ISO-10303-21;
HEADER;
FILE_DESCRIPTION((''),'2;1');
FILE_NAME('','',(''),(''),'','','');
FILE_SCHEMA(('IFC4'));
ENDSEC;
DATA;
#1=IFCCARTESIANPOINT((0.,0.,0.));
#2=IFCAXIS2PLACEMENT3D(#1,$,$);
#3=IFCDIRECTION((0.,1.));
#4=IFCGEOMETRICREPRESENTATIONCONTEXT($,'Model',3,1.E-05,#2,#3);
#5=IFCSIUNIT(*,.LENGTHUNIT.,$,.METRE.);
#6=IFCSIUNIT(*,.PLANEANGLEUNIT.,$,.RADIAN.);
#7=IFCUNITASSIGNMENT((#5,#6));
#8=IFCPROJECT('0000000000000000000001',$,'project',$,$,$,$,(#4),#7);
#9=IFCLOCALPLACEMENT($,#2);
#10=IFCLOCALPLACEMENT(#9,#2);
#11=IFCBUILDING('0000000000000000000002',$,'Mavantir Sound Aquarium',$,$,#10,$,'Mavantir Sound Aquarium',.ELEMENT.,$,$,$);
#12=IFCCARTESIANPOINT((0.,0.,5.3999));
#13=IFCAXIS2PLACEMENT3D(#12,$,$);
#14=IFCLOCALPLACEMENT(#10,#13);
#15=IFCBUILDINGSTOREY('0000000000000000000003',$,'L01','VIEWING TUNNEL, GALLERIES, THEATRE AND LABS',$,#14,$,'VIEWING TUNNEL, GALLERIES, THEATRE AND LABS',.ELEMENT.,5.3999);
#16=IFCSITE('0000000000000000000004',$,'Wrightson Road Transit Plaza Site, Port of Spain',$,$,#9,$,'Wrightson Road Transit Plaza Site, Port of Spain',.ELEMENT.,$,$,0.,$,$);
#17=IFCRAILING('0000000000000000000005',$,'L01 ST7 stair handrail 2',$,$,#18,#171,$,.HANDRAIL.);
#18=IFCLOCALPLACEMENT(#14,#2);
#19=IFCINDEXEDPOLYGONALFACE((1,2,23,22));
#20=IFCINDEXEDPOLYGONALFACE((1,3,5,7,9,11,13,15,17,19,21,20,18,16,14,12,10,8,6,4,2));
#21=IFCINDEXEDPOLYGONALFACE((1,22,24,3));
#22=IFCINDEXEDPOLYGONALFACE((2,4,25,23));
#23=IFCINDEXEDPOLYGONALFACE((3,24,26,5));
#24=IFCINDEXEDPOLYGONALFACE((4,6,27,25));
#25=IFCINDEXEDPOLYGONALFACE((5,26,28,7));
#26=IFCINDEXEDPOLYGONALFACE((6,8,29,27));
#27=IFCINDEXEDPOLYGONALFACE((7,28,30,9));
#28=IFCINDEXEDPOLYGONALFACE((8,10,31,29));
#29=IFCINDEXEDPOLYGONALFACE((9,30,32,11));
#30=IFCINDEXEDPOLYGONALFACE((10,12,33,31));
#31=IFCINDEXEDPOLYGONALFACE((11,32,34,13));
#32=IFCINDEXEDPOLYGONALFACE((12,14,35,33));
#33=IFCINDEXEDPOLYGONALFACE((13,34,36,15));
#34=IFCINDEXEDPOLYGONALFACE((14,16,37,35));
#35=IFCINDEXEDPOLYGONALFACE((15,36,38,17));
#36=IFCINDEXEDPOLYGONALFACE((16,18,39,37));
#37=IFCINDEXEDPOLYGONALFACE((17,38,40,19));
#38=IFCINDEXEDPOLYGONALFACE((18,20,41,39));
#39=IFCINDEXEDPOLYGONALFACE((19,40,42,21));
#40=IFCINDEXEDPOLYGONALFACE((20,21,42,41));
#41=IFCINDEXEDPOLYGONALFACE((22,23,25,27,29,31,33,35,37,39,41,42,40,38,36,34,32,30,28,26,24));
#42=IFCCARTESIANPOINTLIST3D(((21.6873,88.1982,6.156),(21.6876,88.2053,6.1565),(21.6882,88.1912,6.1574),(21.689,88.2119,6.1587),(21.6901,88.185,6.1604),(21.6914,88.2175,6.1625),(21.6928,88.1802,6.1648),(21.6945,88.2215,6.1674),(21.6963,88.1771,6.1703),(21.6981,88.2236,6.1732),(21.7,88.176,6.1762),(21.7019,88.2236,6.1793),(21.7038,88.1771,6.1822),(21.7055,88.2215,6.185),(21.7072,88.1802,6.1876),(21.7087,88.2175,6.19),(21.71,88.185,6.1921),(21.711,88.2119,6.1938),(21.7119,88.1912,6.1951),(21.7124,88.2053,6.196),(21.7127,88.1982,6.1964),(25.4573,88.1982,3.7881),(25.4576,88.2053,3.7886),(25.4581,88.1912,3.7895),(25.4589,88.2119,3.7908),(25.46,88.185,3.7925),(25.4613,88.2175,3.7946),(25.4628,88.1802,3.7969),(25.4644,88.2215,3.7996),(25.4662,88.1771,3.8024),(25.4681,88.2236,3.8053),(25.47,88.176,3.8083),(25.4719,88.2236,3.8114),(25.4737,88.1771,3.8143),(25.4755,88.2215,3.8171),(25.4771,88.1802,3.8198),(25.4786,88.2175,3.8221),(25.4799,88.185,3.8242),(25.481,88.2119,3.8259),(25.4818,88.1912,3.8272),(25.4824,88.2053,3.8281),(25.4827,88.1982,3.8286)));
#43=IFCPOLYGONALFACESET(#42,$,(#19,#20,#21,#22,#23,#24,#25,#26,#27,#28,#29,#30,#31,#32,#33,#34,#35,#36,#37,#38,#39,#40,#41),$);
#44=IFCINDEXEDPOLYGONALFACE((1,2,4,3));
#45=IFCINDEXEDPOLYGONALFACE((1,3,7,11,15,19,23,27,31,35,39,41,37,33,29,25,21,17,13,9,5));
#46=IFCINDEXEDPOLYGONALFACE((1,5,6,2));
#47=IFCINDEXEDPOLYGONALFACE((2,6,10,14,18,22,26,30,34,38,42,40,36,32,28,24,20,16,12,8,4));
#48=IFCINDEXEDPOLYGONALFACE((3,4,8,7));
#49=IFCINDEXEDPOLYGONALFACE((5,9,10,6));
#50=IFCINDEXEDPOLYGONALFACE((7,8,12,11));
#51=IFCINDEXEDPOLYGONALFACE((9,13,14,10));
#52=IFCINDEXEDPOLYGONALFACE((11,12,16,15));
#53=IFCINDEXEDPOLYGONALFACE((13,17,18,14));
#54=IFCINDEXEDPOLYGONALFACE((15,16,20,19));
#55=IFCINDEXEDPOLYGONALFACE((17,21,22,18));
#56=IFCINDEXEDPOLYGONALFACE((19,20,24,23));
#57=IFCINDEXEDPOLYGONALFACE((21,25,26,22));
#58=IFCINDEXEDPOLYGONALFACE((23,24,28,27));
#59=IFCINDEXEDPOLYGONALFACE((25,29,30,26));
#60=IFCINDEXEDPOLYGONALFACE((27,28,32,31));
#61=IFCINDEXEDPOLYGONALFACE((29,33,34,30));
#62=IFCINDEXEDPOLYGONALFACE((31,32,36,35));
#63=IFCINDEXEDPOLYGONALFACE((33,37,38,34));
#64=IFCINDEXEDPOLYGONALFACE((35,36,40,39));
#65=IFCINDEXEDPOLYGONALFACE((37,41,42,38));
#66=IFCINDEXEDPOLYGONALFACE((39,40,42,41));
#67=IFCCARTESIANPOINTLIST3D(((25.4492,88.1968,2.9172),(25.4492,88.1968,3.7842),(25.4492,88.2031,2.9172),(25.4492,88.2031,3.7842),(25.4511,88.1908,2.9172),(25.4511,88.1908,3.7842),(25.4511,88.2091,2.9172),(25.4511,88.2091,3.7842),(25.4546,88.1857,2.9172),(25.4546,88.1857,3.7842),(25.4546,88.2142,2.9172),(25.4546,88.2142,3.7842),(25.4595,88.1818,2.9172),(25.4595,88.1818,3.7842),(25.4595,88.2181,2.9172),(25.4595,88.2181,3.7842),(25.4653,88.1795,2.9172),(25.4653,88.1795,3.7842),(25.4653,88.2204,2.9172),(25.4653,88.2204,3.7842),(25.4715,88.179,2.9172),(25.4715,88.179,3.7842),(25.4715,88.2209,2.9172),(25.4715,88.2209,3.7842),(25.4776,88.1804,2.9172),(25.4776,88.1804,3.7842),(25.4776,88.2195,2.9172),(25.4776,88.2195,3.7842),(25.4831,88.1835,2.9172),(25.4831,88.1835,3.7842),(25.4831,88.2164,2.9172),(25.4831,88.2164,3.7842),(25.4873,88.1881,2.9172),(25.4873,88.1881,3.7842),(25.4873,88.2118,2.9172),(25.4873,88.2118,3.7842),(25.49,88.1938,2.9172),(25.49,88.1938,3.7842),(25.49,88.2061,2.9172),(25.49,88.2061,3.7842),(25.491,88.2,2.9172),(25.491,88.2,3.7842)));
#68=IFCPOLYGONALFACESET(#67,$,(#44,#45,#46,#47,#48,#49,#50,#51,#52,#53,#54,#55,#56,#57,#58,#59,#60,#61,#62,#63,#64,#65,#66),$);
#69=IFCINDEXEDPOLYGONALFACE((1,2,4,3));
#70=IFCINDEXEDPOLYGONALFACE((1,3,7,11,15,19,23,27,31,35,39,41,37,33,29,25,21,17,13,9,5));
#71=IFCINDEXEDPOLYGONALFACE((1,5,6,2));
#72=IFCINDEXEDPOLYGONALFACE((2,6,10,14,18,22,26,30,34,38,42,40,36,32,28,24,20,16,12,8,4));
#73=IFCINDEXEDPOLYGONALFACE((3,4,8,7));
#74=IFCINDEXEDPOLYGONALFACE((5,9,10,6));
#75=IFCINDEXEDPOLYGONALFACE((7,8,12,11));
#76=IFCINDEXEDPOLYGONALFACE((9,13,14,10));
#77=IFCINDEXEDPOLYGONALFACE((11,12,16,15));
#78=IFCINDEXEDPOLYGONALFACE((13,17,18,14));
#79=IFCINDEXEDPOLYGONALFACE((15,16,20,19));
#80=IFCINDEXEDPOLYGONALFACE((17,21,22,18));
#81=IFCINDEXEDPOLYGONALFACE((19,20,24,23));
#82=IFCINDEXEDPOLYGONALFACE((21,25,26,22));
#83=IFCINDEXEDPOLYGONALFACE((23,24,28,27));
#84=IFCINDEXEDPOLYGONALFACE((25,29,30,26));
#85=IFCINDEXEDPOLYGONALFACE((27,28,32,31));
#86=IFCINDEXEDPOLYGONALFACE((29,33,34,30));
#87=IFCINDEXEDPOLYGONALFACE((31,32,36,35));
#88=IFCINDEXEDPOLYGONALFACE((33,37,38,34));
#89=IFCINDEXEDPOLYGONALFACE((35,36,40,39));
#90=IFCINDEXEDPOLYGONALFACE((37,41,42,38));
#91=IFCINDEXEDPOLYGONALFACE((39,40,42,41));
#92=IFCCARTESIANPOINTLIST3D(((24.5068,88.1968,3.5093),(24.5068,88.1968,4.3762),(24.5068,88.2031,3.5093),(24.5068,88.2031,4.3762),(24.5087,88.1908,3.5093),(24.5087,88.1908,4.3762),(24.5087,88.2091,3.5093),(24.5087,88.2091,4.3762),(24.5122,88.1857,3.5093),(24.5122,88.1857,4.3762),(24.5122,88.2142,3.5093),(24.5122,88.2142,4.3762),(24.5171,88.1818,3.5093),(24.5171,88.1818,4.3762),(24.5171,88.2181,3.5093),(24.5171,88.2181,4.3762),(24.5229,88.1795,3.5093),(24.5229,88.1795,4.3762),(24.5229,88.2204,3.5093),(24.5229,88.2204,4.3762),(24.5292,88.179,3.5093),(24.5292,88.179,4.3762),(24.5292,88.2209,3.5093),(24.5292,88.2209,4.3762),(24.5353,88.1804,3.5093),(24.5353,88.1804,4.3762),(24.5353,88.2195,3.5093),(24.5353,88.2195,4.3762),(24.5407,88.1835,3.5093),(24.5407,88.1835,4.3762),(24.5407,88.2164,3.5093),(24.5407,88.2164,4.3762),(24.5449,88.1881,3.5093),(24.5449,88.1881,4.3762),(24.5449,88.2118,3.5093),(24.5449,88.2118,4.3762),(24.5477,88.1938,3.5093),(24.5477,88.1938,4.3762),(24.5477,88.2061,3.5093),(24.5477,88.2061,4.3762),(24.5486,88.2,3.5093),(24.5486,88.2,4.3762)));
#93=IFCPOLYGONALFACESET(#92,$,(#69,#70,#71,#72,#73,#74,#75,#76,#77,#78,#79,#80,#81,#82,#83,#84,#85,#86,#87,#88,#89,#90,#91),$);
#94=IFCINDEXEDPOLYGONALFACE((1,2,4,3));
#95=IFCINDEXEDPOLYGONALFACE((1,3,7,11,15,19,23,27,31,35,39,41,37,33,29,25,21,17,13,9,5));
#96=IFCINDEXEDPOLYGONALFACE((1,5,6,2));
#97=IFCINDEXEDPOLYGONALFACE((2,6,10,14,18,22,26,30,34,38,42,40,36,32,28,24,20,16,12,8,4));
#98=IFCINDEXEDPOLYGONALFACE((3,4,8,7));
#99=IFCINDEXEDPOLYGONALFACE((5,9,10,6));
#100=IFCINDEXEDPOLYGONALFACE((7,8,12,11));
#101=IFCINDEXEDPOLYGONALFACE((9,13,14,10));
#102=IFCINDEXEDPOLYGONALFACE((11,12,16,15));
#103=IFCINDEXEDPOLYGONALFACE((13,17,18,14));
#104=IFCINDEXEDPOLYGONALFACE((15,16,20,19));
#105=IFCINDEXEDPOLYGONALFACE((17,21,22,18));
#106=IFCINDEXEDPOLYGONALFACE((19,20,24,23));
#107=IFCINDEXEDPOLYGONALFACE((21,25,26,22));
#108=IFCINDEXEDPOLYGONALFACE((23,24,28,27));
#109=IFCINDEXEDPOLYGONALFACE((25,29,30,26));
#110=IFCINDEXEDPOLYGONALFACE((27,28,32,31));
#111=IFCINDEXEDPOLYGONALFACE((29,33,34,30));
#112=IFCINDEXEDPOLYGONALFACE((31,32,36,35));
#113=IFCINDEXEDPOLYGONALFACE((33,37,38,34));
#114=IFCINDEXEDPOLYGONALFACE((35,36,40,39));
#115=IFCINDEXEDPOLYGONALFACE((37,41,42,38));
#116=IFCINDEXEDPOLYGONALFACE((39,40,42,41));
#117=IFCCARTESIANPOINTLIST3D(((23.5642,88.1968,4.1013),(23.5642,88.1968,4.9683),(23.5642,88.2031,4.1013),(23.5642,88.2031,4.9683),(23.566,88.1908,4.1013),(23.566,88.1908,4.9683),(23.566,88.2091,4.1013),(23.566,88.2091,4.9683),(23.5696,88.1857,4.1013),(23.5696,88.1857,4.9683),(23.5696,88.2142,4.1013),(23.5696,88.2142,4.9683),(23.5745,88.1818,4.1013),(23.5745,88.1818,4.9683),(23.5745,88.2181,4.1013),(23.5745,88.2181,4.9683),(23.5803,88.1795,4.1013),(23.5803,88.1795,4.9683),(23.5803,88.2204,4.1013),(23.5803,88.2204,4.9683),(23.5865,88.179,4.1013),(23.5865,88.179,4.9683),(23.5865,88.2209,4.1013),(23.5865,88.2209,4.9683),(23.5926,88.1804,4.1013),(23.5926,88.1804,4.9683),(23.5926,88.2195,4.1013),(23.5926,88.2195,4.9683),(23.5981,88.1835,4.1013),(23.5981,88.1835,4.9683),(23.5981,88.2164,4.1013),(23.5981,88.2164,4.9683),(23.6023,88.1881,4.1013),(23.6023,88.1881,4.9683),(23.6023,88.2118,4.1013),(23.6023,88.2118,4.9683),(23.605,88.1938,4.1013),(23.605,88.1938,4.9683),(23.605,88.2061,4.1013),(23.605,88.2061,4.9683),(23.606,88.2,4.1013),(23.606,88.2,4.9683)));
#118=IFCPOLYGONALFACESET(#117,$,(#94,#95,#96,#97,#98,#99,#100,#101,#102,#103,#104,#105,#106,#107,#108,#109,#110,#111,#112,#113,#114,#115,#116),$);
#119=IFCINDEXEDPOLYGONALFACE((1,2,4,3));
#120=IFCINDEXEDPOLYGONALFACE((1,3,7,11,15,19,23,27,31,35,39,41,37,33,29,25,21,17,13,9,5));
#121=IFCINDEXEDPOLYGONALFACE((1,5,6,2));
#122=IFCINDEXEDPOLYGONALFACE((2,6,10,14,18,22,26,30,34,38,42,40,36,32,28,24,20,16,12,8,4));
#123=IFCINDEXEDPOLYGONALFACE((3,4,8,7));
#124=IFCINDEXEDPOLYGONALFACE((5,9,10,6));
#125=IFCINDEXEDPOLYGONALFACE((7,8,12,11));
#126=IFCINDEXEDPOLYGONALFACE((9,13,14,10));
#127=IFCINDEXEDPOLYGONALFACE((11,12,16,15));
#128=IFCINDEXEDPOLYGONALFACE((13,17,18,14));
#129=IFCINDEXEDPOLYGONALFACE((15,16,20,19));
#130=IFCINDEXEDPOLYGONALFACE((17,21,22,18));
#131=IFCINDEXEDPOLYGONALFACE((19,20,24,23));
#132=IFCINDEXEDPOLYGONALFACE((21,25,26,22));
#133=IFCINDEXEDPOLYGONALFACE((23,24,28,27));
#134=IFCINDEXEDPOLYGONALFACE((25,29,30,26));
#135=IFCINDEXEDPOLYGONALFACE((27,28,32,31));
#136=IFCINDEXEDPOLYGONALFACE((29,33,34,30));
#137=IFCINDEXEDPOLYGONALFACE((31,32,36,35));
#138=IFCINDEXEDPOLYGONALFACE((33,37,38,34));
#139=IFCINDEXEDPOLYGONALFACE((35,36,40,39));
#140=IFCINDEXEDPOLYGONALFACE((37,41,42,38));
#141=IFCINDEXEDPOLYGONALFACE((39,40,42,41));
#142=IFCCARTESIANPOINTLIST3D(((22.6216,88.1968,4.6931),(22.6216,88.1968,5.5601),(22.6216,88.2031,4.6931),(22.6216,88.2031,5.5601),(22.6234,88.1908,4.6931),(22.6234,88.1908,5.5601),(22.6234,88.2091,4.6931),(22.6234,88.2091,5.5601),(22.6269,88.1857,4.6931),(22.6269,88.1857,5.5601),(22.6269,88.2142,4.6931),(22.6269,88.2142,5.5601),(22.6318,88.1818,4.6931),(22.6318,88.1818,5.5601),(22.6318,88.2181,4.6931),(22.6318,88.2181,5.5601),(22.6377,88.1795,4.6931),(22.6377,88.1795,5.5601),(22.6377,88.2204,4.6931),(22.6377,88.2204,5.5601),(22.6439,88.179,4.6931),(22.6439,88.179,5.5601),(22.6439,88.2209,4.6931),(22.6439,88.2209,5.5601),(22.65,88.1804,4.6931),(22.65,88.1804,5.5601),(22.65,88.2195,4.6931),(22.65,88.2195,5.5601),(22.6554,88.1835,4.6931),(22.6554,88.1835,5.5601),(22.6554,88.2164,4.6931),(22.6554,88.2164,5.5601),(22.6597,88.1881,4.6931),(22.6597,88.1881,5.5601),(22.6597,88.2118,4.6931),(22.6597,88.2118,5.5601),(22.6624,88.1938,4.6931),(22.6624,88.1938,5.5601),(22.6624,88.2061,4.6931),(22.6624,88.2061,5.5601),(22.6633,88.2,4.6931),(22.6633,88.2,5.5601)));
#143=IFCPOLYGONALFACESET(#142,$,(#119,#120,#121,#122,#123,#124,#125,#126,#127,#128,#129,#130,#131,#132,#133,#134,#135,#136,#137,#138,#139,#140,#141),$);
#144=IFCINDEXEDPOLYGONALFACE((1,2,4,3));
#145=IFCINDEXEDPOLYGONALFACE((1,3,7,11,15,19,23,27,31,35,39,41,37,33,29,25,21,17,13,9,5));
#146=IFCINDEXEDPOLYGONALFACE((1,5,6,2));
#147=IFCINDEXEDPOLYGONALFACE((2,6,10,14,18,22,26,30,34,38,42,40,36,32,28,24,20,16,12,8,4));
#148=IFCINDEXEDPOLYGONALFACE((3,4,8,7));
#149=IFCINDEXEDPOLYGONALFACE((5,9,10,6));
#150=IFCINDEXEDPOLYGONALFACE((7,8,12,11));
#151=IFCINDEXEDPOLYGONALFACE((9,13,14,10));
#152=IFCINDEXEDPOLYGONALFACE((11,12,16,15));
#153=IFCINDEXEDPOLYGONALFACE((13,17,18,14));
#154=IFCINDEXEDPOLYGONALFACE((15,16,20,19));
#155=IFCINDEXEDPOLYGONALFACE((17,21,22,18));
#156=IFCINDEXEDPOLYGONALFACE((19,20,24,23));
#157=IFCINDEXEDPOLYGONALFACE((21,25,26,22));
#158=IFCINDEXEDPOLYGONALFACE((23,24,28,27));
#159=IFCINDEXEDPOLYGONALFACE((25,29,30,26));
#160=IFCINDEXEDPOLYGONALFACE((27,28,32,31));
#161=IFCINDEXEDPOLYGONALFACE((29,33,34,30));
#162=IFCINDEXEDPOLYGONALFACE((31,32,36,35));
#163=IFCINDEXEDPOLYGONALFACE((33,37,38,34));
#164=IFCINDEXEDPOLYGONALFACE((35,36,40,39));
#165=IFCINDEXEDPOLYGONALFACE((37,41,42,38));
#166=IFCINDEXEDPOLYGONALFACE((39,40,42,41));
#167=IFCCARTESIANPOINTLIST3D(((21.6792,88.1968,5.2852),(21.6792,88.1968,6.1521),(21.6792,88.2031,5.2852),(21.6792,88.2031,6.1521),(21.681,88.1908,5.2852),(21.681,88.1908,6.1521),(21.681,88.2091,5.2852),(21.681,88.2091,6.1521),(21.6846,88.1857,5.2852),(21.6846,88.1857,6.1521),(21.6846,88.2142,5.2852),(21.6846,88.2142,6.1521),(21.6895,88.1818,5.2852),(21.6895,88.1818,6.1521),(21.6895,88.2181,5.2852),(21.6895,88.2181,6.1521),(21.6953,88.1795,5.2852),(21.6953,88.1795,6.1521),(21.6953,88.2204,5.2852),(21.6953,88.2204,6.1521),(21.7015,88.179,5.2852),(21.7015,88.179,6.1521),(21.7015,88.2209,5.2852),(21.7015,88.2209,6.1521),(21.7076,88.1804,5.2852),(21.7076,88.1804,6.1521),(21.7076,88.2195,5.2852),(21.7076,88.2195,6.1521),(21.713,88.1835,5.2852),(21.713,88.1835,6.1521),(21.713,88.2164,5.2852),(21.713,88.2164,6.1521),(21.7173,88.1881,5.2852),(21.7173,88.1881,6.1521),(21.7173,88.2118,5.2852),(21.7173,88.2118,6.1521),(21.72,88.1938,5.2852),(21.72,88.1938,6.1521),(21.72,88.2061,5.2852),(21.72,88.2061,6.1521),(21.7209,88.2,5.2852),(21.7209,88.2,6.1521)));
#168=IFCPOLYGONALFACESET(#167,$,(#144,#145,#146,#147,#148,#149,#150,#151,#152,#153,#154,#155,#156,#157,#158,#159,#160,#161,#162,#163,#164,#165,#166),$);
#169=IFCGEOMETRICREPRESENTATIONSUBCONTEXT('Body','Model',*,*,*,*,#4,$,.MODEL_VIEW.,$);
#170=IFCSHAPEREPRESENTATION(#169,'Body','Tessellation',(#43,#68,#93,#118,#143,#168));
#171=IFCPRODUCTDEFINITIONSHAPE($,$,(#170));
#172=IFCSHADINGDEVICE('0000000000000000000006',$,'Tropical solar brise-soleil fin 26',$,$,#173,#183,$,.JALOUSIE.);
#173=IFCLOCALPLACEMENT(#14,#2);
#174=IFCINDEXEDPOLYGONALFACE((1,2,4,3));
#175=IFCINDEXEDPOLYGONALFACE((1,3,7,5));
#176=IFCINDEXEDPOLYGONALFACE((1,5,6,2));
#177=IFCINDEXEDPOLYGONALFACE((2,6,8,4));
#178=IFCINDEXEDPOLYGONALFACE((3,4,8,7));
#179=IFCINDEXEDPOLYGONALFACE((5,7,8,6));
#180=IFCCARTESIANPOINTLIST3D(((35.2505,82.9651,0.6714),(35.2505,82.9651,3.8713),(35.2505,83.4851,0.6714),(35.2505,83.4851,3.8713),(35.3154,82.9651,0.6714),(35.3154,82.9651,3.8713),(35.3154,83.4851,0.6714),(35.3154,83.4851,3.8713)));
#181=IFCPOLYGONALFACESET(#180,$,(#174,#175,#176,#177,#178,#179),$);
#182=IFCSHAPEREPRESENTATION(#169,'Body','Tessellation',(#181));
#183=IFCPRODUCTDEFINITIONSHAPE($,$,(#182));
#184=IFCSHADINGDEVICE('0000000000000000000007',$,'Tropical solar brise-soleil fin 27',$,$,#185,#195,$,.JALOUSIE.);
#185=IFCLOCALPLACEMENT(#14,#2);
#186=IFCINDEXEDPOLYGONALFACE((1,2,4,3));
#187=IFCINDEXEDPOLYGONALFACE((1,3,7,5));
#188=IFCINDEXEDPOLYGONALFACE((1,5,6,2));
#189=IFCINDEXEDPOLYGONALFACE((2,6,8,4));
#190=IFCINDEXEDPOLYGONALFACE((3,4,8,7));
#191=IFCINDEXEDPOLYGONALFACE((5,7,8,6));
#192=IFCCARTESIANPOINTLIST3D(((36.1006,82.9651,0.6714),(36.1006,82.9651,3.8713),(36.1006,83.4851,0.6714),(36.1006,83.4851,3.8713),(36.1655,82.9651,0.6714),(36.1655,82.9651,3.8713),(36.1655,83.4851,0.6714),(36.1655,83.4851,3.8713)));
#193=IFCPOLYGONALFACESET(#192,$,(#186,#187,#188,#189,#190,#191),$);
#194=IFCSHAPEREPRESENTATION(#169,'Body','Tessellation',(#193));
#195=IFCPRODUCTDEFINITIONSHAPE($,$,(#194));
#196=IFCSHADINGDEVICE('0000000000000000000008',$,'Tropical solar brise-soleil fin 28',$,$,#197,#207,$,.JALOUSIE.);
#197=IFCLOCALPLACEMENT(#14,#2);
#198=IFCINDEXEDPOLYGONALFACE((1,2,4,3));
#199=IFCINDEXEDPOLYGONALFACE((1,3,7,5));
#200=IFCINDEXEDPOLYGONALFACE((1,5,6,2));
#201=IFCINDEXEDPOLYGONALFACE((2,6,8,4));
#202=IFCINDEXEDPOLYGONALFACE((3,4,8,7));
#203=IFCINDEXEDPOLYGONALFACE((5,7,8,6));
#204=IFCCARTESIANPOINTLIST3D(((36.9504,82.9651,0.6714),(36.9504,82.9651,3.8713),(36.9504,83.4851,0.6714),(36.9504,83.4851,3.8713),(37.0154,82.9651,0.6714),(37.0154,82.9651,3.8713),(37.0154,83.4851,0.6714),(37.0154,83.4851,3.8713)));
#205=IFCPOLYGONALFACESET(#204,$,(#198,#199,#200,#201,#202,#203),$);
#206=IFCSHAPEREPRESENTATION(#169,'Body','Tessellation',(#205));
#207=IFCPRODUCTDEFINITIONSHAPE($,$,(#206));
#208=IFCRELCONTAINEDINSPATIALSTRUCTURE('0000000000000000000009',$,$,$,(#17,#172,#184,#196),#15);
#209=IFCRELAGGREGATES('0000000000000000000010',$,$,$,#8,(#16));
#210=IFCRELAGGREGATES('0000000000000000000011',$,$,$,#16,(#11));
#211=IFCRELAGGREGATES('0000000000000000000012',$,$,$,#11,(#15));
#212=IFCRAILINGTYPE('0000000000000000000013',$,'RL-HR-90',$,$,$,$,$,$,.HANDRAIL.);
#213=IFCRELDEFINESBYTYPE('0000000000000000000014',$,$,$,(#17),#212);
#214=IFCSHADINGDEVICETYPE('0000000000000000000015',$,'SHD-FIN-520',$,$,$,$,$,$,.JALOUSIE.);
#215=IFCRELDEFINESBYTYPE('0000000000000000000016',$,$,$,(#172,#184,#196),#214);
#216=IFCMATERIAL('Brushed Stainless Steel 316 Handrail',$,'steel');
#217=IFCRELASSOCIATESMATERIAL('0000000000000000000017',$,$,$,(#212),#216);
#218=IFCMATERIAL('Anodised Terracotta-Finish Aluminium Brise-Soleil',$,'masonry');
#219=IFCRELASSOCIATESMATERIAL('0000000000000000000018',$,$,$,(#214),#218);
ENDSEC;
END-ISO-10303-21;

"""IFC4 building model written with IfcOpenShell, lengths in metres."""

from ifc_helpers import new_model, si_unit, direction, frame, origin, origin_2d, place, context, subcontext, project, spatial, rectangle, circle, extrude, material, type_object, element, save


model = new_model("IFC4")

# Units and contexts
model_context = context("Model", 3, precision=1e-05, world=origin(), true_north=direction((0.0, 1.0)))
body_context = subcontext(model_context, "Body", "Model", "MODEL_VIEW")
ifc_project = project(units=[si_unit("LENGTHUNIT", "METRE"), si_unit("PLANEANGLEUNIT", "RADIAN")], contexts=[model_context])

# Site, building, storey
site_placement = place(None, origin())
site = spatial("IfcSite", under=ifc_project, at=site_placement, Name="Wrightson Road Transit Plaza Site, Port of Spain", LongName="Wrightson Road Transit Plaza Site, Port of Spain", CompositionType="ELEMENT", RefElevation=0.0)
building_placement = place(site_placement, origin())
building = spatial("IfcBuilding", under=site, at=building_placement, Name="Mavantir Sound Aquarium", LongName="Mavantir Sound Aquarium", CompositionType="ELEMENT")
storey_placement = place(building_placement, frame((0.0, 0.0, 5.3999)))
storey = spatial("IfcBuildingStorey", under=building, at=storey_placement, Name="L01", Description="VIEWING TUNNEL, GALLERIES, THEATRE AND LABS", LongName="VIEWING TUNNEL, GALLERIES, THEATRE AND LABS", CompositionType="ELEMENT", Elevation=5.3999)

# Railing
ifc_material_1 = material(Name="Brushed Stainless Steel 316 Handrail", Category="steel")
railing_type_1 = type_object("IfcRailingType", Name="RL-HR-90", PredefinedType="HANDRAIL", material=ifc_material_1)
railing_1_placement = place(storey_placement, frame((25.47, 88.2, 2.9172)))
element("IfcRailing", 1, at=railing_1_placement, inside=storey, type_object=railing_type_1, Name="L01 ST7 stair handrail 2", PredefinedType="HANDRAIL", context=body_context, shape_type="SweptSolid", body=[
    extrude(circle(Radius=0.0239, at=origin_2d()), frame((0.0, 0.0, 0.8911), z_axis=(-0.846819, 0.0, 0.531881), x_axis=(0.0, -1.0, 0.0)), (0.0, 0.0, 1.0), 4.4519),
    extrude(circle(Radius=0.021, at=origin_2d()), origin(), (0.0, 0.0, 1.0), 0.8669),
    extrude(circle(Radius=0.021, at=origin_2d()), frame((-0.9424, 0.0, 0.592)), (0.0, 0.0, 1.0), 0.8669),
    extrude(circle(Radius=0.021, at=origin_2d()), frame((-1.885, 0.0, 1.1841)), (0.0, 0.0, 1.0), 0.8669),
    extrude(circle(Radius=0.021, at=origin_2d()), frame((-2.8276, 0.0, 1.7759)), (0.0, 0.0, 1.0), 0.8669),
    extrude(circle(Radius=0.021, at=origin_2d()), frame((-3.77, 0.0, 2.3679)), (0.0, 0.0, 1.0), 0.8669),
])

# Shading devices
ifc_material_2 = material(Name="Anodised Terracotta-Finish Aluminium Brise-Soleil", Category="masonry")
shading_device_type = type_object("IfcShadingDeviceType", Name="SHD-FIN-520", PredefinedType="JALOUSIE", material=ifc_material_2)
for number, where, z_axis, x_axis, name in (
    (2, (35.283, 83.2251, 0.6714), (0.0, 0.0, 1.0), (-1.0, 0.0, 0.0), "Tropical solar brise-soleil fin 26"),
    (3, (36.1331, 83.2251, 0.6714), (0.0, 0.0, 1.0), (-1.0, 0.0, 0.0), "Tropical solar brise-soleil fin 27"),
    (4, (36.9829, 83.2251, 0.6714), (0.0, 0.0, 1.0), (-1.0, 0.0, 0.0), "Tropical solar brise-soleil fin 28"),
):
    element("IfcShadingDevice", number, at=place(storey_placement, frame(where, z_axis=z_axis, x_axis=x_axis)), inside=storey, type_object=shading_device_type, Name=name, PredefinedType="JALOUSIE", context=body_context, shape_type="SweptSolid", body=[
        extrude(rectangle(XDim=0.0649, YDim=0.52, at=origin_2d()), origin(), (0.0, 0.0, 1.0), 3.2),
    ])

save(model, "model.ifc")
